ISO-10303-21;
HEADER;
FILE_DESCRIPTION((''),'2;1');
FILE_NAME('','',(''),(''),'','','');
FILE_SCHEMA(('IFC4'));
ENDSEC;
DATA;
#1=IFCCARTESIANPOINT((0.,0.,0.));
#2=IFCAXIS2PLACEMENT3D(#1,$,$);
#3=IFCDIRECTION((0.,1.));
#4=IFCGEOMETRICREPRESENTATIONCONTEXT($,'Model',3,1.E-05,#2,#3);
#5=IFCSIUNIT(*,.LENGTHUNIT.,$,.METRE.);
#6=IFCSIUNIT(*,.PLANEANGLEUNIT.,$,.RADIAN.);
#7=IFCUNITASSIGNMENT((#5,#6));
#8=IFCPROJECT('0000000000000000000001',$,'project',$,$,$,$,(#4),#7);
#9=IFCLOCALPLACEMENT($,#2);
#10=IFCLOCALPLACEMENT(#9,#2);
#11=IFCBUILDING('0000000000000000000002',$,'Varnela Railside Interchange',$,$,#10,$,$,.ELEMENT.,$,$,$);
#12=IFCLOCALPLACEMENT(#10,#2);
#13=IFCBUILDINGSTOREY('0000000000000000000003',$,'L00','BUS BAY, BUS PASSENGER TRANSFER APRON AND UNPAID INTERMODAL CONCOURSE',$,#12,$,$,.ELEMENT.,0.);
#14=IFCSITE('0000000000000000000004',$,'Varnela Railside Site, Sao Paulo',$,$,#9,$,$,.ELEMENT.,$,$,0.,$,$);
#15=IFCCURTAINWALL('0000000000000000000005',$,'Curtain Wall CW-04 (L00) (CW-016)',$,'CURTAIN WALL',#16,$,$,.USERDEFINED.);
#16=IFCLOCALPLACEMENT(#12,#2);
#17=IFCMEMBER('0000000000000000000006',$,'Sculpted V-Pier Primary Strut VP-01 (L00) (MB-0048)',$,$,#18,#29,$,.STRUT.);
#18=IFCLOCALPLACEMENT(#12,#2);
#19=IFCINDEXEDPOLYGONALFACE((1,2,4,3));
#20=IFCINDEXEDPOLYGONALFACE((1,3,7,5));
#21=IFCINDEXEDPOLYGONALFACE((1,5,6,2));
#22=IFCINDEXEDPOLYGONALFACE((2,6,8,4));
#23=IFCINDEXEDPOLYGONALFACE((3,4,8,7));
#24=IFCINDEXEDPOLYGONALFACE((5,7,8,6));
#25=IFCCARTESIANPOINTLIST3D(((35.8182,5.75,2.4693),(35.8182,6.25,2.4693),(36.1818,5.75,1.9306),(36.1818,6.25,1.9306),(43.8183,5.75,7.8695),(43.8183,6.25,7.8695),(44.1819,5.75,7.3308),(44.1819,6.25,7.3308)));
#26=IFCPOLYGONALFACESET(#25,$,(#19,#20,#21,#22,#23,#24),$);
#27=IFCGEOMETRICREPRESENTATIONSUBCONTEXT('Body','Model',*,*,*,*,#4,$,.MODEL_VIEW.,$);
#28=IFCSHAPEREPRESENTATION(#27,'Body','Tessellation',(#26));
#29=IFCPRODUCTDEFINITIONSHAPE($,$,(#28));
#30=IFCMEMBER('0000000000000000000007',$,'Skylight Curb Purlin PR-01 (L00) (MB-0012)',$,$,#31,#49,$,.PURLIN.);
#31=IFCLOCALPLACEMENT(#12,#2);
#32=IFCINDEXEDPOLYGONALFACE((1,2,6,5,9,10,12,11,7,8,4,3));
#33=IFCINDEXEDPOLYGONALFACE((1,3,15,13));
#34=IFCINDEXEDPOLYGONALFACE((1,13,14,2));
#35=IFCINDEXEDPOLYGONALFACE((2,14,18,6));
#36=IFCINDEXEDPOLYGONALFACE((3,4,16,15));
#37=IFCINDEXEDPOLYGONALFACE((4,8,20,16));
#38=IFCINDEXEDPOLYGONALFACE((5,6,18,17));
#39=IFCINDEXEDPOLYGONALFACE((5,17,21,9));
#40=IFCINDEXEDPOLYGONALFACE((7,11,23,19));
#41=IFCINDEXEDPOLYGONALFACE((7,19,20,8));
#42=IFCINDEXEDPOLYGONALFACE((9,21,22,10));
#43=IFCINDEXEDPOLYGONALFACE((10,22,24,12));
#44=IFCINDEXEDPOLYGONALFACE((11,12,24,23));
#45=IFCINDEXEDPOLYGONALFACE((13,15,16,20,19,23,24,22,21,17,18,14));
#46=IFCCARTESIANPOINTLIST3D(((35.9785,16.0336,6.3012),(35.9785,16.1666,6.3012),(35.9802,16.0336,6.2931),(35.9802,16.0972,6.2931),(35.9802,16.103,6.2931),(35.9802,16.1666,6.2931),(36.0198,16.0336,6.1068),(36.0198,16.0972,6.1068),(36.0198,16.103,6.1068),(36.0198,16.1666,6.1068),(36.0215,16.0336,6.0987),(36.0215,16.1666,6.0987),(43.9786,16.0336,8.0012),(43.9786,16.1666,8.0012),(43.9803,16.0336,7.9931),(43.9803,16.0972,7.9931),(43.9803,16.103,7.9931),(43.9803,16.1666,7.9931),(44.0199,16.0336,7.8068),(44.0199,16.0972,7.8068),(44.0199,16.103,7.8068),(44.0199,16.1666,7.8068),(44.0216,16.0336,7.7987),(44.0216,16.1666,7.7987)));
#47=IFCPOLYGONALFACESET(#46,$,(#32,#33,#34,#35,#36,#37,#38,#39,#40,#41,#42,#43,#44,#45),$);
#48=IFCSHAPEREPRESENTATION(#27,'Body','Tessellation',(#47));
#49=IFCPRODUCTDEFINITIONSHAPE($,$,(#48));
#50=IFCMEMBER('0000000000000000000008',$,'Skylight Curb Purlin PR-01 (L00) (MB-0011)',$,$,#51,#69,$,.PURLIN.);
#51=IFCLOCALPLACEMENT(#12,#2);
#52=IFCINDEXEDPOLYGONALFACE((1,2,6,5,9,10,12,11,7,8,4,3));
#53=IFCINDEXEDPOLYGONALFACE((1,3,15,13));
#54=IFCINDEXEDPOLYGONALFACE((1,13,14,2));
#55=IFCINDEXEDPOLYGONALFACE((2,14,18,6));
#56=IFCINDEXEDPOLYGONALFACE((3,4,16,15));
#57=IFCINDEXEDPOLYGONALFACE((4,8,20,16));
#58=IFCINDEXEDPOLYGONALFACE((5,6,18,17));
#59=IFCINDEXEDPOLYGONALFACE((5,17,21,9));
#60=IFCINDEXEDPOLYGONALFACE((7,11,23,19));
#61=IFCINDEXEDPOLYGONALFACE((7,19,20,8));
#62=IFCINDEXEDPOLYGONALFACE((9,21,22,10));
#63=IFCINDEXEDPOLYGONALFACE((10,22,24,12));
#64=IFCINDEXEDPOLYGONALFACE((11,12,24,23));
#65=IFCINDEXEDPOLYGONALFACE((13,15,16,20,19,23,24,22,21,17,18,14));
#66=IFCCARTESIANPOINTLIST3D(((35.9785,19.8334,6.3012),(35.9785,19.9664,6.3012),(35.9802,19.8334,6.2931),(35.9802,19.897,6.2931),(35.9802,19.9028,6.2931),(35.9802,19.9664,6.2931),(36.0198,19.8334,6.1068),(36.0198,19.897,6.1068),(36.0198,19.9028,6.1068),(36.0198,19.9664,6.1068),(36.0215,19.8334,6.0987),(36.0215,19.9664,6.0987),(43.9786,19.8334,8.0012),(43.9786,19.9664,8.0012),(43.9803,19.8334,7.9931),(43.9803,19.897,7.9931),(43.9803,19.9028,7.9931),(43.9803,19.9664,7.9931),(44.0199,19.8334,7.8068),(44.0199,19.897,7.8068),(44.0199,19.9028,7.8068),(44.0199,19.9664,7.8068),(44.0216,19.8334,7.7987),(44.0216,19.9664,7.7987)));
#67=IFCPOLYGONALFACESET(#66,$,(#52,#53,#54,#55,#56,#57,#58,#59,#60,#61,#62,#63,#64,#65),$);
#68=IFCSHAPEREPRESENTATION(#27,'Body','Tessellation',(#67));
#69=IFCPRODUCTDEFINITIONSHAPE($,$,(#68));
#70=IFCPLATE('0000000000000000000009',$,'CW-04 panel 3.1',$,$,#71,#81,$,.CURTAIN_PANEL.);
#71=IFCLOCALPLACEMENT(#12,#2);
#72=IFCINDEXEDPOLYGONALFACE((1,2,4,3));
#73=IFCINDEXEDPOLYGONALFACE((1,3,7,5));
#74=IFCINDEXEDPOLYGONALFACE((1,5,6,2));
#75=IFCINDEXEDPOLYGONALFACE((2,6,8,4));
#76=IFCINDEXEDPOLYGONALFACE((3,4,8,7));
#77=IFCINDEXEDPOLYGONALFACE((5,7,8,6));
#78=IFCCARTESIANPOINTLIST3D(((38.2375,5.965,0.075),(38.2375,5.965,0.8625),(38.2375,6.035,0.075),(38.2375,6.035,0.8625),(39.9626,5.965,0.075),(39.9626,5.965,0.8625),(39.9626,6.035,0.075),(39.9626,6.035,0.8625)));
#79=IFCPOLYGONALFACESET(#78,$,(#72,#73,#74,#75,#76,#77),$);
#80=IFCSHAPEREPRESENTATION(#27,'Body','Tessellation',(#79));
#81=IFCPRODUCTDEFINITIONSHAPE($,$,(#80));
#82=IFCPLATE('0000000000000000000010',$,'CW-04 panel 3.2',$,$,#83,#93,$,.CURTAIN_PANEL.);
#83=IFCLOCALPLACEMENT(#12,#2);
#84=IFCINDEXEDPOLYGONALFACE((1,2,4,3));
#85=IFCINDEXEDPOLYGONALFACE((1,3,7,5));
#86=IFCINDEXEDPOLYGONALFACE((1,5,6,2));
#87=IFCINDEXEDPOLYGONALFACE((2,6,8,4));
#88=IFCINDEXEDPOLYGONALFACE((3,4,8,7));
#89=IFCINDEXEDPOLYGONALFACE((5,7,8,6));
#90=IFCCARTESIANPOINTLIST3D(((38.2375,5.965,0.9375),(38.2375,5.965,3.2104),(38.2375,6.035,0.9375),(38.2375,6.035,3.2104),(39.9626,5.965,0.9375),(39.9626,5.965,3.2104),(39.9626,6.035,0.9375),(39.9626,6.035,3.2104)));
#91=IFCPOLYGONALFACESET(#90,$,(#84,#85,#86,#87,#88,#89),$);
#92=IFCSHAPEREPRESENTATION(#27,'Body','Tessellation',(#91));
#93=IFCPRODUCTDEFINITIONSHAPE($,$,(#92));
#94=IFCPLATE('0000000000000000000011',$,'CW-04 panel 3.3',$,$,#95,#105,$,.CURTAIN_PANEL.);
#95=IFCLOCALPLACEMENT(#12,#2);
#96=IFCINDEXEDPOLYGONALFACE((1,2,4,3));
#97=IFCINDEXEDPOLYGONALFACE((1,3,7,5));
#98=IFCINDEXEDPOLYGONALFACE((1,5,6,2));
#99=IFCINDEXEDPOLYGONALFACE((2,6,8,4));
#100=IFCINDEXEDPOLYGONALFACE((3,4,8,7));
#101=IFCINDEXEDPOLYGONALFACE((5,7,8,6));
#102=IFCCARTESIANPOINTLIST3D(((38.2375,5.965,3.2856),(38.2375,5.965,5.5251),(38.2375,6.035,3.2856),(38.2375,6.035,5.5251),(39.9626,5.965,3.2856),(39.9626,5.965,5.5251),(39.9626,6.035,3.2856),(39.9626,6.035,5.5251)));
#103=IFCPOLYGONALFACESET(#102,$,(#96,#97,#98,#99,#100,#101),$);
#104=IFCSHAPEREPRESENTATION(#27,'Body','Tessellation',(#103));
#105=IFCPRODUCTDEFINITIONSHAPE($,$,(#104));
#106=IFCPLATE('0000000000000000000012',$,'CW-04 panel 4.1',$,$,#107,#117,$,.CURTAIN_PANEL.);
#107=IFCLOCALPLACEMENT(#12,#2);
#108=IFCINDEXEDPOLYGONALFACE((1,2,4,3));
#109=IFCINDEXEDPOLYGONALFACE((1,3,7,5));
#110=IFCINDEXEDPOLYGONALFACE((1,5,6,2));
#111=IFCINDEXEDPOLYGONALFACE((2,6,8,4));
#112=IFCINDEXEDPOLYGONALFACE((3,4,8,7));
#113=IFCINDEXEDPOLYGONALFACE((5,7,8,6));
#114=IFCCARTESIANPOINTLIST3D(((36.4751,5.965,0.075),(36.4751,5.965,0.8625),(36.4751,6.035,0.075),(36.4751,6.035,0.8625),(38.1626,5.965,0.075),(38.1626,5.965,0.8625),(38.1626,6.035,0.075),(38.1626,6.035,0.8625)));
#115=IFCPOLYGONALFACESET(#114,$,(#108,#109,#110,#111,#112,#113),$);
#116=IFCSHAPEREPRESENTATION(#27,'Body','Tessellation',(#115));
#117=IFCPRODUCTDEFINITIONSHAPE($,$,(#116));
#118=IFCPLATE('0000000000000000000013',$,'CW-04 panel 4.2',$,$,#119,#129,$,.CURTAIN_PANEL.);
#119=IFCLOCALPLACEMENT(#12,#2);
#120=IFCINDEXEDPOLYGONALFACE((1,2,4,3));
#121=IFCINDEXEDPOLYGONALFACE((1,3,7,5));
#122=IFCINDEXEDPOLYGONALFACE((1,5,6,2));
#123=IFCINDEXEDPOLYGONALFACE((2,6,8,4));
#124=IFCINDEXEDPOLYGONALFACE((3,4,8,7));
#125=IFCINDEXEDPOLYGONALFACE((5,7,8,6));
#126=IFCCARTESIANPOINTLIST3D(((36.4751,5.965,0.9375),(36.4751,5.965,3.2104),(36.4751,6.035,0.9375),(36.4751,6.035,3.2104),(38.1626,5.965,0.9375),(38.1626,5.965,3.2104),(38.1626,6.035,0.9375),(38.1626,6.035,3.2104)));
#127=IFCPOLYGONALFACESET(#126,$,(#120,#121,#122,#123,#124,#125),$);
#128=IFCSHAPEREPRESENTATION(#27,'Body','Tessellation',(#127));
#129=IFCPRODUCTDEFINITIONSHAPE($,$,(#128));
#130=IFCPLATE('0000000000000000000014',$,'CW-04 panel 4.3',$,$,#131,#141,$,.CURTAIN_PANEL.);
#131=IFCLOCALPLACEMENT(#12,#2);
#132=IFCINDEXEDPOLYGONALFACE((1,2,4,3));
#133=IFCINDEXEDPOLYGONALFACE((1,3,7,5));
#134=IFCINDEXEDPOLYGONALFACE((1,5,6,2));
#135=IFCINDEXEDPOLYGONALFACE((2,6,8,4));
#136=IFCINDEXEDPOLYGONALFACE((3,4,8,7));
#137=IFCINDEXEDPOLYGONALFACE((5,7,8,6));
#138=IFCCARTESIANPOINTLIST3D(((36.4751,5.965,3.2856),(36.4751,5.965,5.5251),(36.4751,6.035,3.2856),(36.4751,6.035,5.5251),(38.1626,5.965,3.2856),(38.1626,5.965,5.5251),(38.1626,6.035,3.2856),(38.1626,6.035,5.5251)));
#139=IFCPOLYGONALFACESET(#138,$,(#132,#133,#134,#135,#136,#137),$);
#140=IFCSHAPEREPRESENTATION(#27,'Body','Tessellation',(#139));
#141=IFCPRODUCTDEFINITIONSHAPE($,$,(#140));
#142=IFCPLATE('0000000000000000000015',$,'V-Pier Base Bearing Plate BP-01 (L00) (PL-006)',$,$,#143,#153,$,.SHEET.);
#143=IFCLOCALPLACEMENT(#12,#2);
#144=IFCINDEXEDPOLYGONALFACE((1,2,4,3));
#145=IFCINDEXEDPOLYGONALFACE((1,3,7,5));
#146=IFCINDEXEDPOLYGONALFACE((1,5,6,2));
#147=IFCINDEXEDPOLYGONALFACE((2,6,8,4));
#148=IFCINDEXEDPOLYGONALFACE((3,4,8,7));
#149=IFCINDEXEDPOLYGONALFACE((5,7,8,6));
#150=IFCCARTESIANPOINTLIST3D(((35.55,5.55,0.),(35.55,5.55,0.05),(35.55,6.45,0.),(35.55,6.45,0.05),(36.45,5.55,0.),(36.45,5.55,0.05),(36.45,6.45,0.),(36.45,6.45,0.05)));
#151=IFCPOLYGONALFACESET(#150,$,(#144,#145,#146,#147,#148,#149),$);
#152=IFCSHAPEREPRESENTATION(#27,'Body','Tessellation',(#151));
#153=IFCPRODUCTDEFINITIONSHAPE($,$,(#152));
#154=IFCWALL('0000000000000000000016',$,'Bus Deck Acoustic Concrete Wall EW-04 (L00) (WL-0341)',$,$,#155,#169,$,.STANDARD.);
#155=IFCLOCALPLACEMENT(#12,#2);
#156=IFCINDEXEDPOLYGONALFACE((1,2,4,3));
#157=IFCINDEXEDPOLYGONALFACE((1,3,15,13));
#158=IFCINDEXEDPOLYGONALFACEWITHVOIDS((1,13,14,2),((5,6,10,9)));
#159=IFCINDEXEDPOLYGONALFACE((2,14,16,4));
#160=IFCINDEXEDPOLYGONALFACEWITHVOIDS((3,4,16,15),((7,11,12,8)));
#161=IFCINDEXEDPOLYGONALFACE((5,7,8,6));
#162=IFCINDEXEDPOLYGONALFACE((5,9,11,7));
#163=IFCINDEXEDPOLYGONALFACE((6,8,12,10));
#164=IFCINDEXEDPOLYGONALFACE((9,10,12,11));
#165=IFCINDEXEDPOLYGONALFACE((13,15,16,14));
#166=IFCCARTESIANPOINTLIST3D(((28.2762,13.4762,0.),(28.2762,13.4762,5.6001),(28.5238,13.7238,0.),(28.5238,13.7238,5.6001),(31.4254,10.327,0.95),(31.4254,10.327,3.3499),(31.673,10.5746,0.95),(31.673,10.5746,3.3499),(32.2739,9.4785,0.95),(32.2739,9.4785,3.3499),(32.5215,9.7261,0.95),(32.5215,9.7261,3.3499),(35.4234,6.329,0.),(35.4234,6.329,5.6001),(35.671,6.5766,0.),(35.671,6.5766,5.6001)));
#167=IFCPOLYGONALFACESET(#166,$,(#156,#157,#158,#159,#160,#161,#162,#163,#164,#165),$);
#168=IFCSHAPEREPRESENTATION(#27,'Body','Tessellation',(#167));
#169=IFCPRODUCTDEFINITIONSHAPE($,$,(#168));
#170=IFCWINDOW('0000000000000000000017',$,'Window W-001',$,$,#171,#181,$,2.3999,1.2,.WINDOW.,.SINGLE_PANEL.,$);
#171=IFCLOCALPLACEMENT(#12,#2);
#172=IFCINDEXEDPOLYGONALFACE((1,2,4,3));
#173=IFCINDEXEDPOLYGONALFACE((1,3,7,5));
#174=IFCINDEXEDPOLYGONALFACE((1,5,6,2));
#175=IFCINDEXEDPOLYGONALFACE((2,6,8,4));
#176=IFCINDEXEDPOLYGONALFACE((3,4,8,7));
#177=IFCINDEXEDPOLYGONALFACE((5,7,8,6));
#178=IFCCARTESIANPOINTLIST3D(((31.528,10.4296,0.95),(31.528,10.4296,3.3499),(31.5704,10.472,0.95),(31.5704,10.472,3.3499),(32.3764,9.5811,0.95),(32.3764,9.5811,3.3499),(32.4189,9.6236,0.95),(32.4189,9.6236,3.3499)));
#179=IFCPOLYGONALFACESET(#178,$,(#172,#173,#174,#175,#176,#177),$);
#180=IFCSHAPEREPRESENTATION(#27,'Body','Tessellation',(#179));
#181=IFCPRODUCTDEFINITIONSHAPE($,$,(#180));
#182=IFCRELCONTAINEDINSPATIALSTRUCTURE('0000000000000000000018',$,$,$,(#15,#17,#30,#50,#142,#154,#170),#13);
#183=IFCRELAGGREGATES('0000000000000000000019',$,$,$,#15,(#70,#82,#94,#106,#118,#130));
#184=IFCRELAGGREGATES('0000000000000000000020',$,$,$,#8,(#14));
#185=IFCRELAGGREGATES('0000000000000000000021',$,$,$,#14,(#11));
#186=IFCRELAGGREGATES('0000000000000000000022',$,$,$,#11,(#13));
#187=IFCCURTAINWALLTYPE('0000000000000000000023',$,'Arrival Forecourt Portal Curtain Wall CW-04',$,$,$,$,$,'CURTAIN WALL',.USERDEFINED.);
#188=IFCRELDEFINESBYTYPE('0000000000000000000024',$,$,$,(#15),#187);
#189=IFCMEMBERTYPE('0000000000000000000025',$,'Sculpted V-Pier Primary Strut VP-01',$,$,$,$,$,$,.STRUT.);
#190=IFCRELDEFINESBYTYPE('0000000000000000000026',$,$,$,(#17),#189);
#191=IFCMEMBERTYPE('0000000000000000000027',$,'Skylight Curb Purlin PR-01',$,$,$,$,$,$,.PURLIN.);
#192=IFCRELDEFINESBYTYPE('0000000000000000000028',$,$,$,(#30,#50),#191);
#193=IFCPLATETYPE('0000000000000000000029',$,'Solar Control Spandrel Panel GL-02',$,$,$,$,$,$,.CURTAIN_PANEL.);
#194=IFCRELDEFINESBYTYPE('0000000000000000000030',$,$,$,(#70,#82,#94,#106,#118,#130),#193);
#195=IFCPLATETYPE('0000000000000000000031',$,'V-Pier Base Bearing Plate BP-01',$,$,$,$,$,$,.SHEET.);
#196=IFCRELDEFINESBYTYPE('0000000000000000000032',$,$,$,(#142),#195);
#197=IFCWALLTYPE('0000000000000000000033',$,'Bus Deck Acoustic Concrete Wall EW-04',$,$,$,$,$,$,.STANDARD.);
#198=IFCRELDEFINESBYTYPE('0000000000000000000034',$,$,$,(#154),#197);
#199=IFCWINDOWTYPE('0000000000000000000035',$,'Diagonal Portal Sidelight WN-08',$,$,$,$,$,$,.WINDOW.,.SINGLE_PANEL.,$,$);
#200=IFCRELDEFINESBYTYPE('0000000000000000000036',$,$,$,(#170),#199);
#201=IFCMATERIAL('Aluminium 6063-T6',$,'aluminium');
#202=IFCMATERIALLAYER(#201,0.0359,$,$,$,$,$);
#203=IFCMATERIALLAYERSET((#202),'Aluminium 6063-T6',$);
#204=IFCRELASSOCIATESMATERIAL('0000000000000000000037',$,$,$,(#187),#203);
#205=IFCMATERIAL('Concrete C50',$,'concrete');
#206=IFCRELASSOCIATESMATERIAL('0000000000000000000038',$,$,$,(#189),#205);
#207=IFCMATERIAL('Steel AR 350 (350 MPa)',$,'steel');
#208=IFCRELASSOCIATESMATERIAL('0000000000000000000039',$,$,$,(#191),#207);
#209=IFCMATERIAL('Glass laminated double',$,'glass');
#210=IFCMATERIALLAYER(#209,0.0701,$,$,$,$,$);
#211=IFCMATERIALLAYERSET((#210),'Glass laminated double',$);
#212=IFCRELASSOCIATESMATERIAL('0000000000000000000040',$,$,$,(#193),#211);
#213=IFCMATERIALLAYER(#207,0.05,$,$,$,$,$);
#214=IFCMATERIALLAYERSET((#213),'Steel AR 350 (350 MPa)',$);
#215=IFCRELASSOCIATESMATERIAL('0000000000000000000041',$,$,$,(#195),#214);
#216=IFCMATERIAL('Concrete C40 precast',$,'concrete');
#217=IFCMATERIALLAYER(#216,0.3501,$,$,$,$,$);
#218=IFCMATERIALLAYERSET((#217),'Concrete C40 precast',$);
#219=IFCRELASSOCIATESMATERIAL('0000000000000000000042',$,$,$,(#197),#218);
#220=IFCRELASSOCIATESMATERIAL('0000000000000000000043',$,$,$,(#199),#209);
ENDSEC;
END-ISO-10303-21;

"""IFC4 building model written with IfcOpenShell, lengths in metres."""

from ifc_helpers import new_model, si_unit, direction, frame, frame_2d, origin, origin_2d, place, context, subcontext, project, spatial, rectangle, i_section, extrude, material, layer, layer_set, material_profile, profile_set, type_object, element, fill, aggregate, save


model = new_model("IFC4")

# Units and contexts
model_context = context("Model", 3, precision=1e-05, world=origin(), true_north=direction((0.0, 1.0)))
body_context = subcontext(model_context, "Body", "Model", "MODEL_VIEW")
ifc_project = project(units=[si_unit("LENGTHUNIT", "METRE"), si_unit("PLANEANGLEUNIT", "RADIAN")], contexts=[model_context])

# Site, building, storey
site_placement = place(None, origin())
site = spatial("IfcSite", under=ifc_project, at=site_placement, Name="Varnela Railside Site, Sao Paulo", CompositionType="ELEMENT", RefElevation=0.0)
building_placement = place(site_placement, origin())
building = spatial("IfcBuilding", under=site, at=building_placement, Name="Varnela Railside Interchange", CompositionType="ELEMENT")
storey_placement = place(building_placement, origin())
storey = spatial("IfcBuildingStorey", under=building, at=storey_placement, Name="L00", Description="BUS BAY, BUS PASSENGER TRANSFER APRON AND UNPAID INTERMODAL CONCOURSE", CompositionType="ELEMENT", Elevation=0.0)

# Shared definitions
ifc_material_1 = material(Name="Concrete C50", Category="concrete")

# Shared definitions
ifc_material_2 = material(Name="Steel AR 350 (350 MPa)", Category="steel")

# Curtain wall
ifc_material_3 = material(Name="Aluminium 6063-T6", Category="aluminium")
ifc_layer_1 = layer(ifc_material_3, 0.0359)
ifc_layer_set_1 = layer_set([ifc_layer_1], Name="Aluminium 6063-T6")
curtain_wall_type = type_object("IfcCurtainWallType", Name="Arrival Forecourt Portal Curtain Wall CW-04", ElementType="CURTAIN WALL", PredefinedType="USERDEFINED", material=ifc_layer_set_1)
curtain_wall_placement = place(storey_placement, origin())
curtain_wall = element("IfcCurtainWall", 1, at=curtain_wall_placement, inside=storey, type_object=curtain_wall_type, Name="Curtain Wall CW-04 (L00) (CW-016)", ObjectType="CURTAIN WALL", PredefinedType="USERDEFINED")

# Members
ifc_material_profile_1 = material_profile(ifc_material_1, rectangle(XDim=0.5, YDim=0.6499, at=origin_2d()), Name="RC 500x650")
ifc_profile_set_1 = profile_set([ifc_material_profile_1], Name="Concrete C50")
member_type_1 = type_object("IfcMemberType", Name="Sculpted V-Pier Primary Strut VP-01", PredefinedType="STRUT", material=ifc_profile_set_1)
member_1_placement = place(storey_placement, frame((36.0, 6.0, 2.2), z_axis=(0.828842, 0.0, 0.559483), x_axis=(0.0, 1.0, 0.0)))
element("IfcMember", 2, at=member_1_placement, inside=storey, type_object=member_type_1, Name="Sculpted V-Pier Primary Strut VP-01 (L00) (MB-0048)", PredefinedType="STRUT", context=body_context, shape_type="SweptSolid", body=[
    extrude(rectangle(XDim=0.5, YDim=0.6499, at=origin_2d()), origin(), (0.0, 0.0, 1.0), 9.6521),
])
ifc_material_profile_2 = material_profile(ifc_material_2, i_section(OverallWidth=0.1331, OverallDepth=0.207, WebThickness=0.0059, FlangeThickness=0.0083, at=origin_2d()), Name="W200x26.6")
ifc_profile_set_2 = profile_set([ifc_material_profile_2], Name="Steel AR 350 (350 MPa)")
member_type_2 = type_object("IfcMemberType", Name="Skylight Curb Purlin PR-01", PredefinedType="PURLIN", material=ifc_profile_set_2)
for number, where, z_axis, x_axis, name in (
    (3, (36.0, 16.1001, 6.2), (0.97816, 0.0, 0.207853), (0.0, 1.0, 0.0), "Skylight Curb Purlin PR-01 (L00) (MB-0012)"),
    (4, (36.0, 19.8999, 6.2), (0.97816, 0.0, 0.207853), (0.0, 1.0, 0.0), "Skylight Curb Purlin PR-01 (L00) (MB-0011)"),
):
    element("IfcMember", number, at=place(storey_placement, frame(where, z_axis=z_axis, x_axis=x_axis)), inside=storey, type_object=member_type_2, Name=name, PredefinedType="PURLIN", context=body_context, shape_type="SweptSolid", body=[
        extrude(i_section(OverallWidth=0.1331, OverallDepth=0.207, WebThickness=0.0059, FlangeThickness=0.0083, at=origin_2d()), origin(), (0.0, 0.0, 1.0), 8.1787),
    ])

# Plates
ifc_material_4 = material(Name="Glass laminated double", Category="glass")
ifc_layer_2 = layer(ifc_material_4, 0.0701)
ifc_layer_set_2 = layer_set([ifc_layer_2], Name="Glass laminated double")
plate_type_1 = type_object("IfcPlateType", Name="Solar Control Spandrel Panel GL-02", PredefinedType="CURTAIN_PANEL", material=ifc_layer_set_2)
plate_1_placement = place(storey_placement, frame((39.1001, 6.0, 0.075), z_axis=(0.0, 0.0, 1.0), x_axis=(-1.0, 0.0, 0.0)))
plate_1 = element("IfcPlate", 5, at=plate_1_placement, type_object=plate_type_1, Name="CW-04 panel 3.1", PredefinedType="CURTAIN_PANEL", context=body_context, shape_type="SweptSolid", body=[
    extrude(rectangle(XDim=1.7251, YDim=0.0701, at=origin_2d()), origin(), (0.0, 0.0, 1.0), 0.7876),
])
plate_2_placement = place(storey_placement, frame((39.1001, 6.0, 0.9375), z_axis=(0.0, 0.0, 1.0), x_axis=(-1.0, 0.0, 0.0)))
plate_2 = element("IfcPlate", 6, at=plate_2_placement, type_object=plate_type_1, Name="CW-04 panel 3.2", PredefinedType="CURTAIN_PANEL", context=body_context, shape_type="SweptSolid", body=[
    extrude(rectangle(XDim=1.7251, YDim=0.0701, at=origin_2d()), origin(), (0.0, 0.0, 1.0), 2.2729),
])
plate_3_placement = place(storey_placement, frame((39.1001, 6.0, 3.2856), z_axis=(0.0, 0.0, 1.0), x_axis=(-1.0, 0.0, 0.0)))
plate_3 = element("IfcPlate", 7, at=plate_3_placement, type_object=plate_type_1, Name="CW-04 panel 3.3", PredefinedType="CURTAIN_PANEL", context=body_context, shape_type="SweptSolid", body=[
    extrude(rectangle(XDim=1.7251, YDim=0.0701, at=origin_2d()), origin(), (0.0, 0.0, 1.0), 2.2395),
])
plate_4_placement = place(storey_placement, frame((37.3188, 6.0, 0.075), z_axis=(0.0, 0.0, 1.0), x_axis=(-1.0, 0.0, 0.0)))
plate_4 = element("IfcPlate", 8, at=plate_4_placement, type_object=plate_type_1, Name="CW-04 panel 4.1", PredefinedType="CURTAIN_PANEL", context=body_context, shape_type="SweptSolid", body=[
    extrude(rectangle(XDim=1.6875, YDim=0.0701, at=origin_2d()), origin(), (0.0, 0.0, 1.0), 0.7876),
])
plate_5_placement = place(storey_placement, frame((37.3188, 6.0, 0.9375), z_axis=(0.0, 0.0, 1.0), x_axis=(-1.0, 0.0, 0.0)))
plate_5 = element("IfcPlate", 9, at=plate_5_placement, type_object=plate_type_1, Name="CW-04 panel 4.2", PredefinedType="CURTAIN_PANEL", context=body_context, shape_type="SweptSolid", body=[
    extrude(rectangle(XDim=1.6875, YDim=0.0701, at=origin_2d()), origin(), (0.0, 0.0, 1.0), 2.2729),
])
plate_6_placement = place(storey_placement, frame((37.3188, 6.0, 3.2856), z_axis=(0.0, 0.0, 1.0), x_axis=(-1.0, 0.0, 0.0)))
plate_6 = element("IfcPlate", 10, at=plate_6_placement, type_object=plate_type_1, Name="CW-04 panel 4.3", PredefinedType="CURTAIN_PANEL", context=body_context, shape_type="SweptSolid", body=[
    extrude(rectangle(XDim=1.6875, YDim=0.0701, at=origin_2d()), origin(), (0.0, 0.0, 1.0), 2.2395),
])
aggregate(curtain_wall, [plate_1, plate_2, plate_3, plate_4, plate_5, plate_6])
ifc_layer_3 = layer(ifc_material_2, 0.05)
ifc_layer_set_3 = layer_set([ifc_layer_3], Name="Steel AR 350 (350 MPa)")
plate_type_2 = type_object("IfcPlateType", Name="V-Pier Base Bearing Plate BP-01", PredefinedType="SHEET", material=ifc_layer_set_3)
plate_7_placement = place(storey_placement, frame((36.0, 6.0, 0.0), z_axis=(0.0, 0.0, 1.0), x_axis=(1.0, 0.0, 0.0)))
element("IfcPlate", 11, at=plate_7_placement, inside=storey, type_object=plate_type_2, Name="V-Pier Base Bearing Plate BP-01 (L00) (PL-006)", PredefinedType="SHEET", context=body_context, shape_type="SweptSolid", body=[
    extrude(rectangle(XDim=0.8999, YDim=0.8999, at=origin_2d()), origin(), (0.0, 0.0, 1.0), 0.05),
])

# Wall, opening, window
ifc_material_5 = material(Name="Concrete C40 precast", Category="concrete")
ifc_layer_4 = layer(ifc_material_5, 0.3501)
ifc_layer_set_4 = layer_set([ifc_layer_4], Name="Concrete C40 precast")
wall_type_1 = type_object("IfcWallType", Name="Bus Deck Acoustic Concrete Wall EW-04", PredefinedType="STANDARD", material=ifc_layer_set_4)
wall_1_placement = place(storey_placement, frame((35.5471, 6.4529, 0.0), z_axis=(0.0, 0.0, 1.0), x_axis=(-0.707107, 0.707107, 0.0)))
wall_1 = element("IfcWall", 12, at=wall_1_placement, inside=storey, type_object=wall_type_1, Name="Bus Deck Acoustic Concrete Wall EW-04 (L00) (WL-0341)", PredefinedType="STANDARD", context=body_context, shape_type="SweptSolid", body=[
    extrude(rectangle(XDim=10.1077, YDim=0.3501, at=frame_2d((5.0537, 0.0))), origin(), (0.0, 0.0, 1.0), 5.6001),
])
opening_placement = place(wall_1_placement, frame((4.4539, 0.0, 0.95)))
opening = element("IfcOpeningElement", 13, at=opening_placement, cuts=wall_1, PredefinedType="OPENING", context=body_context, shape_type="SweptSolid", body=[
    extrude(rectangle(XDim=1.2, YDim=2.3999, at=frame_2d((0.6001, 1.2))), frame((0.0, 0.1851, 0.0), z_axis=(0.0, -1.0, 0.0), x_axis=(1.0, 0.0, 0.0)), (0.0, 0.0, 1.0), 0.3701),
])
window_type = type_object("IfcWindowType", Name="Diagonal Portal Sidelight WN-08", PartitioningType="SINGLE_PANEL", PredefinedType="WINDOW", material=ifc_material_4)
window_placement = place(opening_placement, origin())
window = element("IfcWindow", 14, at=window_placement, inside=storey, type_object=window_type, Name="Window W-001", OverallHeight=2.3999, OverallWidth=1.2, PartitioningType="SINGLE_PANEL", PredefinedType="WINDOW", context=body_context, shape_type="SweptSolid", body=[
    extrude(rectangle(XDim=1.2, YDim=2.3999, at=frame_2d((0.6001, 1.2))), frame((0.0, 0.03, 0.0), z_axis=(0.0, -1.0, 0.0), x_axis=(1.0, 0.0, 0.0)), (0.0, 0.0, 1.0), 0.0601),
])
fill(opening, window)

save(model, "model.ifc")
